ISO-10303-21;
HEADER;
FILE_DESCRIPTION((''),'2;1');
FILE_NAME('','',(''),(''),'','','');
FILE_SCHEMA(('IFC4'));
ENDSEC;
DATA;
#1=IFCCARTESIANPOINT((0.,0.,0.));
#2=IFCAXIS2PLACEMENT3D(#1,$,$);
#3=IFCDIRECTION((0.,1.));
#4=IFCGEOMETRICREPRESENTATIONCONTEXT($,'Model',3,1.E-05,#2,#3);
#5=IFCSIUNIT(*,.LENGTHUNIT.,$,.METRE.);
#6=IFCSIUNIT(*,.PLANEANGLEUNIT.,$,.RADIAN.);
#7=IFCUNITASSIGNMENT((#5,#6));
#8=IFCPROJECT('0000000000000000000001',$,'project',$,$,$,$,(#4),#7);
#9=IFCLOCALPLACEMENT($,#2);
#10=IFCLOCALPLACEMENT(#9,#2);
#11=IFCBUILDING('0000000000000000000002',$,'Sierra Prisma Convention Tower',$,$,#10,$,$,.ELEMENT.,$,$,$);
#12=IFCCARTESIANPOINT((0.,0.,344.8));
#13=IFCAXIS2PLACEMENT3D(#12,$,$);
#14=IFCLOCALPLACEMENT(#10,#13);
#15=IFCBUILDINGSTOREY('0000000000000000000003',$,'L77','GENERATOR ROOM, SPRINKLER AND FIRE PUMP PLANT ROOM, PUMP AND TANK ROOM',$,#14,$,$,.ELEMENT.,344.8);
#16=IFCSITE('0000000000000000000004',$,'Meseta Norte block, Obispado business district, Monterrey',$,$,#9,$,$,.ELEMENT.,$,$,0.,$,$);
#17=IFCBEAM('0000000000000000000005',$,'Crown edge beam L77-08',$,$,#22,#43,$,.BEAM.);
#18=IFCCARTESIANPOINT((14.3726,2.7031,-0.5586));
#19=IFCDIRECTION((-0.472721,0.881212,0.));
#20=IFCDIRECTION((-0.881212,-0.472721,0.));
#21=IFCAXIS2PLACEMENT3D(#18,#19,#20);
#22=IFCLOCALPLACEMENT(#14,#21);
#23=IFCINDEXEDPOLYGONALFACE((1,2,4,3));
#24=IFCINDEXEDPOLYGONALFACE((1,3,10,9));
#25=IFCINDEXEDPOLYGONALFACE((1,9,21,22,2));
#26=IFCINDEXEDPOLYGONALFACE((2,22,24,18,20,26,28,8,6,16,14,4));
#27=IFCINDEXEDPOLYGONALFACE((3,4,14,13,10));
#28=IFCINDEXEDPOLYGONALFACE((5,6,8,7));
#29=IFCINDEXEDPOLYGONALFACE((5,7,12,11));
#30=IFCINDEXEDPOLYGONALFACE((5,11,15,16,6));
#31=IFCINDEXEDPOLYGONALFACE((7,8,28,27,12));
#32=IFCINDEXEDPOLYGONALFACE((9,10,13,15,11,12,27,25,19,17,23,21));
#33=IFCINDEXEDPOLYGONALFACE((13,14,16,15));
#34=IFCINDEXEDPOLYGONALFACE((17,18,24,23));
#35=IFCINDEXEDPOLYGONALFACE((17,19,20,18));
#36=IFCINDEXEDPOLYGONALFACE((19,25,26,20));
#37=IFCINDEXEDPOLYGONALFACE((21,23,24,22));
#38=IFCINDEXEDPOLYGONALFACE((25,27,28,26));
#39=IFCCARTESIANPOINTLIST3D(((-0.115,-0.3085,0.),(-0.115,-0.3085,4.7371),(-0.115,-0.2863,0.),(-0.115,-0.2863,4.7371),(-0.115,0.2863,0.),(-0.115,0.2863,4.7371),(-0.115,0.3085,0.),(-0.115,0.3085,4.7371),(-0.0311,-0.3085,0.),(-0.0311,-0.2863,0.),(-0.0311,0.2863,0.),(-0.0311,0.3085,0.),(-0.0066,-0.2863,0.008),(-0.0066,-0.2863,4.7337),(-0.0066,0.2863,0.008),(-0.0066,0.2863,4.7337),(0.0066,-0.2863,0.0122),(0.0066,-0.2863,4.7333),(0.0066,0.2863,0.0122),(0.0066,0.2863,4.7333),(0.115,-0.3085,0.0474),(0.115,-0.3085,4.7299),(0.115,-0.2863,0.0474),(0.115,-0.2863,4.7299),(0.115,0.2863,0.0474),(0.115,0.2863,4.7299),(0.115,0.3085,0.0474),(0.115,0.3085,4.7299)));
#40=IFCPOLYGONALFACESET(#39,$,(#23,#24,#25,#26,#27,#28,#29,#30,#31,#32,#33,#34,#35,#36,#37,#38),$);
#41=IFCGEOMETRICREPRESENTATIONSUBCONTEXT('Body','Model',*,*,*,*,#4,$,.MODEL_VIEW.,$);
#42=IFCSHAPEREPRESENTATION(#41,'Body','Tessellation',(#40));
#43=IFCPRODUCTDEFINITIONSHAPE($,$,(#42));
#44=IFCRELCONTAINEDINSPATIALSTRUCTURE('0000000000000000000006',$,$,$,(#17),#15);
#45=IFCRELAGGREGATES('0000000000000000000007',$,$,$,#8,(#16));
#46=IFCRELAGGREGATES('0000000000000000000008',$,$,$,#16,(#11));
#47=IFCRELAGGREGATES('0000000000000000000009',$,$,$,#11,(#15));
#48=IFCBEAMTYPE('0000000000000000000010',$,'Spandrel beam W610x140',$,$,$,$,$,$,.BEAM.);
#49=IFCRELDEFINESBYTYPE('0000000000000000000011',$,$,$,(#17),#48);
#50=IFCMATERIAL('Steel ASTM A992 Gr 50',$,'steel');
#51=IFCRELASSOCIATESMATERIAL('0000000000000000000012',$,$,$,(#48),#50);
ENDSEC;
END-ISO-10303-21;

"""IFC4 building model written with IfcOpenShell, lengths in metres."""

from ifc_helpers import new_model, si_unit, direction, frame, origin, origin_2d, place, context, subcontext, project, spatial, i_section, extrude, clip, halfspace, material, material_profile, profile_set, type_object, element, save


model = new_model("IFC4")

# Units and contexts
model_context = context("Model", 3, precision=1e-05, world=origin(), true_north=direction((0.0, 1.0)))
body_context = subcontext(model_context, "Body", "Model", "MODEL_VIEW")
ifc_project = project(units=[si_unit("LENGTHUNIT", "METRE"), si_unit("PLANEANGLEUNIT", "RADIAN")], contexts=[model_context])

# Site, building, storey
site_placement = place(None, origin())
site = spatial("IfcSite", under=ifc_project, at=site_placement, Name="Meseta Norte block, Obispado business district, Monterrey", CompositionType="ELEMENT", RefElevation=0.0)
building_placement = place(site_placement, origin())
building = spatial("IfcBuilding", under=site, at=building_placement, Name="Sierra Prisma Convention Tower", CompositionType="ELEMENT")
storey_placement = place(building_placement, frame((0.0, 0.0, 344.8)))
storey = spatial("IfcBuildingStorey", under=building, at=storey_placement, Name="L77", Description="GENERATOR ROOM, SPRINKLER AND FIRE PUMP PLANT ROOM, PUMP AND TANK ROOM", CompositionType="ELEMENT", Elevation=344.8)

# Beam
ifc_material_1 = material(Name="Steel ASTM A992 Gr 50", Category="steel")
ifc_material_profile_1 = material_profile(ifc_material_1, i_section(OverallWidth=0.23, OverallDepth=0.6169, WebThickness=0.0132, FlangeThickness=0.0222, at=origin_2d()), Name="W610x140")
ifc_profile_set_1 = profile_set([ifc_material_profile_1], Name="Steel ASTM A992 Gr 50")
beam_type_1 = type_object("IfcBeamType", Name="Spandrel beam W610x140", PredefinedType="BEAM", material=ifc_profile_set_1)
beam_1_placement = place(storey_placement, frame((14.3726, 2.7031, -0.5586), z_axis=(-0.472721, 0.881212, 0.0), x_axis=(-0.881212, -0.472721, 0.0)))
element("IfcBeam", 1, at=beam_1_placement, inside=storey, type_object=beam_type_1, Name="Crown edge beam L77-08", PredefinedType="BEAM", context=body_context, shape_type="SweptSolid", body=[
    clip(clip(extrude(i_section(OverallWidth=0.23, OverallDepth=0.6169, WebThickness=0.0132, FlangeThickness=0.0222, at=origin_2d()), origin(), (0.0, 0.0, 1.0), 4.7437), halfspace(frame((-0.0349, 0.0, -0.0012), z_axis=(-0.308497, 0.0, 0.951225), x_axis=(0.951225, 0.0, 0.308497)), True)), halfspace(frame((-0.0034, 0.0, 4.7336), z_axis=(-0.031217, 0.0, -0.999513), x_axis=(0.999513, 0.0, -0.031217)), True)),
])

save(model, "model.ifc")
